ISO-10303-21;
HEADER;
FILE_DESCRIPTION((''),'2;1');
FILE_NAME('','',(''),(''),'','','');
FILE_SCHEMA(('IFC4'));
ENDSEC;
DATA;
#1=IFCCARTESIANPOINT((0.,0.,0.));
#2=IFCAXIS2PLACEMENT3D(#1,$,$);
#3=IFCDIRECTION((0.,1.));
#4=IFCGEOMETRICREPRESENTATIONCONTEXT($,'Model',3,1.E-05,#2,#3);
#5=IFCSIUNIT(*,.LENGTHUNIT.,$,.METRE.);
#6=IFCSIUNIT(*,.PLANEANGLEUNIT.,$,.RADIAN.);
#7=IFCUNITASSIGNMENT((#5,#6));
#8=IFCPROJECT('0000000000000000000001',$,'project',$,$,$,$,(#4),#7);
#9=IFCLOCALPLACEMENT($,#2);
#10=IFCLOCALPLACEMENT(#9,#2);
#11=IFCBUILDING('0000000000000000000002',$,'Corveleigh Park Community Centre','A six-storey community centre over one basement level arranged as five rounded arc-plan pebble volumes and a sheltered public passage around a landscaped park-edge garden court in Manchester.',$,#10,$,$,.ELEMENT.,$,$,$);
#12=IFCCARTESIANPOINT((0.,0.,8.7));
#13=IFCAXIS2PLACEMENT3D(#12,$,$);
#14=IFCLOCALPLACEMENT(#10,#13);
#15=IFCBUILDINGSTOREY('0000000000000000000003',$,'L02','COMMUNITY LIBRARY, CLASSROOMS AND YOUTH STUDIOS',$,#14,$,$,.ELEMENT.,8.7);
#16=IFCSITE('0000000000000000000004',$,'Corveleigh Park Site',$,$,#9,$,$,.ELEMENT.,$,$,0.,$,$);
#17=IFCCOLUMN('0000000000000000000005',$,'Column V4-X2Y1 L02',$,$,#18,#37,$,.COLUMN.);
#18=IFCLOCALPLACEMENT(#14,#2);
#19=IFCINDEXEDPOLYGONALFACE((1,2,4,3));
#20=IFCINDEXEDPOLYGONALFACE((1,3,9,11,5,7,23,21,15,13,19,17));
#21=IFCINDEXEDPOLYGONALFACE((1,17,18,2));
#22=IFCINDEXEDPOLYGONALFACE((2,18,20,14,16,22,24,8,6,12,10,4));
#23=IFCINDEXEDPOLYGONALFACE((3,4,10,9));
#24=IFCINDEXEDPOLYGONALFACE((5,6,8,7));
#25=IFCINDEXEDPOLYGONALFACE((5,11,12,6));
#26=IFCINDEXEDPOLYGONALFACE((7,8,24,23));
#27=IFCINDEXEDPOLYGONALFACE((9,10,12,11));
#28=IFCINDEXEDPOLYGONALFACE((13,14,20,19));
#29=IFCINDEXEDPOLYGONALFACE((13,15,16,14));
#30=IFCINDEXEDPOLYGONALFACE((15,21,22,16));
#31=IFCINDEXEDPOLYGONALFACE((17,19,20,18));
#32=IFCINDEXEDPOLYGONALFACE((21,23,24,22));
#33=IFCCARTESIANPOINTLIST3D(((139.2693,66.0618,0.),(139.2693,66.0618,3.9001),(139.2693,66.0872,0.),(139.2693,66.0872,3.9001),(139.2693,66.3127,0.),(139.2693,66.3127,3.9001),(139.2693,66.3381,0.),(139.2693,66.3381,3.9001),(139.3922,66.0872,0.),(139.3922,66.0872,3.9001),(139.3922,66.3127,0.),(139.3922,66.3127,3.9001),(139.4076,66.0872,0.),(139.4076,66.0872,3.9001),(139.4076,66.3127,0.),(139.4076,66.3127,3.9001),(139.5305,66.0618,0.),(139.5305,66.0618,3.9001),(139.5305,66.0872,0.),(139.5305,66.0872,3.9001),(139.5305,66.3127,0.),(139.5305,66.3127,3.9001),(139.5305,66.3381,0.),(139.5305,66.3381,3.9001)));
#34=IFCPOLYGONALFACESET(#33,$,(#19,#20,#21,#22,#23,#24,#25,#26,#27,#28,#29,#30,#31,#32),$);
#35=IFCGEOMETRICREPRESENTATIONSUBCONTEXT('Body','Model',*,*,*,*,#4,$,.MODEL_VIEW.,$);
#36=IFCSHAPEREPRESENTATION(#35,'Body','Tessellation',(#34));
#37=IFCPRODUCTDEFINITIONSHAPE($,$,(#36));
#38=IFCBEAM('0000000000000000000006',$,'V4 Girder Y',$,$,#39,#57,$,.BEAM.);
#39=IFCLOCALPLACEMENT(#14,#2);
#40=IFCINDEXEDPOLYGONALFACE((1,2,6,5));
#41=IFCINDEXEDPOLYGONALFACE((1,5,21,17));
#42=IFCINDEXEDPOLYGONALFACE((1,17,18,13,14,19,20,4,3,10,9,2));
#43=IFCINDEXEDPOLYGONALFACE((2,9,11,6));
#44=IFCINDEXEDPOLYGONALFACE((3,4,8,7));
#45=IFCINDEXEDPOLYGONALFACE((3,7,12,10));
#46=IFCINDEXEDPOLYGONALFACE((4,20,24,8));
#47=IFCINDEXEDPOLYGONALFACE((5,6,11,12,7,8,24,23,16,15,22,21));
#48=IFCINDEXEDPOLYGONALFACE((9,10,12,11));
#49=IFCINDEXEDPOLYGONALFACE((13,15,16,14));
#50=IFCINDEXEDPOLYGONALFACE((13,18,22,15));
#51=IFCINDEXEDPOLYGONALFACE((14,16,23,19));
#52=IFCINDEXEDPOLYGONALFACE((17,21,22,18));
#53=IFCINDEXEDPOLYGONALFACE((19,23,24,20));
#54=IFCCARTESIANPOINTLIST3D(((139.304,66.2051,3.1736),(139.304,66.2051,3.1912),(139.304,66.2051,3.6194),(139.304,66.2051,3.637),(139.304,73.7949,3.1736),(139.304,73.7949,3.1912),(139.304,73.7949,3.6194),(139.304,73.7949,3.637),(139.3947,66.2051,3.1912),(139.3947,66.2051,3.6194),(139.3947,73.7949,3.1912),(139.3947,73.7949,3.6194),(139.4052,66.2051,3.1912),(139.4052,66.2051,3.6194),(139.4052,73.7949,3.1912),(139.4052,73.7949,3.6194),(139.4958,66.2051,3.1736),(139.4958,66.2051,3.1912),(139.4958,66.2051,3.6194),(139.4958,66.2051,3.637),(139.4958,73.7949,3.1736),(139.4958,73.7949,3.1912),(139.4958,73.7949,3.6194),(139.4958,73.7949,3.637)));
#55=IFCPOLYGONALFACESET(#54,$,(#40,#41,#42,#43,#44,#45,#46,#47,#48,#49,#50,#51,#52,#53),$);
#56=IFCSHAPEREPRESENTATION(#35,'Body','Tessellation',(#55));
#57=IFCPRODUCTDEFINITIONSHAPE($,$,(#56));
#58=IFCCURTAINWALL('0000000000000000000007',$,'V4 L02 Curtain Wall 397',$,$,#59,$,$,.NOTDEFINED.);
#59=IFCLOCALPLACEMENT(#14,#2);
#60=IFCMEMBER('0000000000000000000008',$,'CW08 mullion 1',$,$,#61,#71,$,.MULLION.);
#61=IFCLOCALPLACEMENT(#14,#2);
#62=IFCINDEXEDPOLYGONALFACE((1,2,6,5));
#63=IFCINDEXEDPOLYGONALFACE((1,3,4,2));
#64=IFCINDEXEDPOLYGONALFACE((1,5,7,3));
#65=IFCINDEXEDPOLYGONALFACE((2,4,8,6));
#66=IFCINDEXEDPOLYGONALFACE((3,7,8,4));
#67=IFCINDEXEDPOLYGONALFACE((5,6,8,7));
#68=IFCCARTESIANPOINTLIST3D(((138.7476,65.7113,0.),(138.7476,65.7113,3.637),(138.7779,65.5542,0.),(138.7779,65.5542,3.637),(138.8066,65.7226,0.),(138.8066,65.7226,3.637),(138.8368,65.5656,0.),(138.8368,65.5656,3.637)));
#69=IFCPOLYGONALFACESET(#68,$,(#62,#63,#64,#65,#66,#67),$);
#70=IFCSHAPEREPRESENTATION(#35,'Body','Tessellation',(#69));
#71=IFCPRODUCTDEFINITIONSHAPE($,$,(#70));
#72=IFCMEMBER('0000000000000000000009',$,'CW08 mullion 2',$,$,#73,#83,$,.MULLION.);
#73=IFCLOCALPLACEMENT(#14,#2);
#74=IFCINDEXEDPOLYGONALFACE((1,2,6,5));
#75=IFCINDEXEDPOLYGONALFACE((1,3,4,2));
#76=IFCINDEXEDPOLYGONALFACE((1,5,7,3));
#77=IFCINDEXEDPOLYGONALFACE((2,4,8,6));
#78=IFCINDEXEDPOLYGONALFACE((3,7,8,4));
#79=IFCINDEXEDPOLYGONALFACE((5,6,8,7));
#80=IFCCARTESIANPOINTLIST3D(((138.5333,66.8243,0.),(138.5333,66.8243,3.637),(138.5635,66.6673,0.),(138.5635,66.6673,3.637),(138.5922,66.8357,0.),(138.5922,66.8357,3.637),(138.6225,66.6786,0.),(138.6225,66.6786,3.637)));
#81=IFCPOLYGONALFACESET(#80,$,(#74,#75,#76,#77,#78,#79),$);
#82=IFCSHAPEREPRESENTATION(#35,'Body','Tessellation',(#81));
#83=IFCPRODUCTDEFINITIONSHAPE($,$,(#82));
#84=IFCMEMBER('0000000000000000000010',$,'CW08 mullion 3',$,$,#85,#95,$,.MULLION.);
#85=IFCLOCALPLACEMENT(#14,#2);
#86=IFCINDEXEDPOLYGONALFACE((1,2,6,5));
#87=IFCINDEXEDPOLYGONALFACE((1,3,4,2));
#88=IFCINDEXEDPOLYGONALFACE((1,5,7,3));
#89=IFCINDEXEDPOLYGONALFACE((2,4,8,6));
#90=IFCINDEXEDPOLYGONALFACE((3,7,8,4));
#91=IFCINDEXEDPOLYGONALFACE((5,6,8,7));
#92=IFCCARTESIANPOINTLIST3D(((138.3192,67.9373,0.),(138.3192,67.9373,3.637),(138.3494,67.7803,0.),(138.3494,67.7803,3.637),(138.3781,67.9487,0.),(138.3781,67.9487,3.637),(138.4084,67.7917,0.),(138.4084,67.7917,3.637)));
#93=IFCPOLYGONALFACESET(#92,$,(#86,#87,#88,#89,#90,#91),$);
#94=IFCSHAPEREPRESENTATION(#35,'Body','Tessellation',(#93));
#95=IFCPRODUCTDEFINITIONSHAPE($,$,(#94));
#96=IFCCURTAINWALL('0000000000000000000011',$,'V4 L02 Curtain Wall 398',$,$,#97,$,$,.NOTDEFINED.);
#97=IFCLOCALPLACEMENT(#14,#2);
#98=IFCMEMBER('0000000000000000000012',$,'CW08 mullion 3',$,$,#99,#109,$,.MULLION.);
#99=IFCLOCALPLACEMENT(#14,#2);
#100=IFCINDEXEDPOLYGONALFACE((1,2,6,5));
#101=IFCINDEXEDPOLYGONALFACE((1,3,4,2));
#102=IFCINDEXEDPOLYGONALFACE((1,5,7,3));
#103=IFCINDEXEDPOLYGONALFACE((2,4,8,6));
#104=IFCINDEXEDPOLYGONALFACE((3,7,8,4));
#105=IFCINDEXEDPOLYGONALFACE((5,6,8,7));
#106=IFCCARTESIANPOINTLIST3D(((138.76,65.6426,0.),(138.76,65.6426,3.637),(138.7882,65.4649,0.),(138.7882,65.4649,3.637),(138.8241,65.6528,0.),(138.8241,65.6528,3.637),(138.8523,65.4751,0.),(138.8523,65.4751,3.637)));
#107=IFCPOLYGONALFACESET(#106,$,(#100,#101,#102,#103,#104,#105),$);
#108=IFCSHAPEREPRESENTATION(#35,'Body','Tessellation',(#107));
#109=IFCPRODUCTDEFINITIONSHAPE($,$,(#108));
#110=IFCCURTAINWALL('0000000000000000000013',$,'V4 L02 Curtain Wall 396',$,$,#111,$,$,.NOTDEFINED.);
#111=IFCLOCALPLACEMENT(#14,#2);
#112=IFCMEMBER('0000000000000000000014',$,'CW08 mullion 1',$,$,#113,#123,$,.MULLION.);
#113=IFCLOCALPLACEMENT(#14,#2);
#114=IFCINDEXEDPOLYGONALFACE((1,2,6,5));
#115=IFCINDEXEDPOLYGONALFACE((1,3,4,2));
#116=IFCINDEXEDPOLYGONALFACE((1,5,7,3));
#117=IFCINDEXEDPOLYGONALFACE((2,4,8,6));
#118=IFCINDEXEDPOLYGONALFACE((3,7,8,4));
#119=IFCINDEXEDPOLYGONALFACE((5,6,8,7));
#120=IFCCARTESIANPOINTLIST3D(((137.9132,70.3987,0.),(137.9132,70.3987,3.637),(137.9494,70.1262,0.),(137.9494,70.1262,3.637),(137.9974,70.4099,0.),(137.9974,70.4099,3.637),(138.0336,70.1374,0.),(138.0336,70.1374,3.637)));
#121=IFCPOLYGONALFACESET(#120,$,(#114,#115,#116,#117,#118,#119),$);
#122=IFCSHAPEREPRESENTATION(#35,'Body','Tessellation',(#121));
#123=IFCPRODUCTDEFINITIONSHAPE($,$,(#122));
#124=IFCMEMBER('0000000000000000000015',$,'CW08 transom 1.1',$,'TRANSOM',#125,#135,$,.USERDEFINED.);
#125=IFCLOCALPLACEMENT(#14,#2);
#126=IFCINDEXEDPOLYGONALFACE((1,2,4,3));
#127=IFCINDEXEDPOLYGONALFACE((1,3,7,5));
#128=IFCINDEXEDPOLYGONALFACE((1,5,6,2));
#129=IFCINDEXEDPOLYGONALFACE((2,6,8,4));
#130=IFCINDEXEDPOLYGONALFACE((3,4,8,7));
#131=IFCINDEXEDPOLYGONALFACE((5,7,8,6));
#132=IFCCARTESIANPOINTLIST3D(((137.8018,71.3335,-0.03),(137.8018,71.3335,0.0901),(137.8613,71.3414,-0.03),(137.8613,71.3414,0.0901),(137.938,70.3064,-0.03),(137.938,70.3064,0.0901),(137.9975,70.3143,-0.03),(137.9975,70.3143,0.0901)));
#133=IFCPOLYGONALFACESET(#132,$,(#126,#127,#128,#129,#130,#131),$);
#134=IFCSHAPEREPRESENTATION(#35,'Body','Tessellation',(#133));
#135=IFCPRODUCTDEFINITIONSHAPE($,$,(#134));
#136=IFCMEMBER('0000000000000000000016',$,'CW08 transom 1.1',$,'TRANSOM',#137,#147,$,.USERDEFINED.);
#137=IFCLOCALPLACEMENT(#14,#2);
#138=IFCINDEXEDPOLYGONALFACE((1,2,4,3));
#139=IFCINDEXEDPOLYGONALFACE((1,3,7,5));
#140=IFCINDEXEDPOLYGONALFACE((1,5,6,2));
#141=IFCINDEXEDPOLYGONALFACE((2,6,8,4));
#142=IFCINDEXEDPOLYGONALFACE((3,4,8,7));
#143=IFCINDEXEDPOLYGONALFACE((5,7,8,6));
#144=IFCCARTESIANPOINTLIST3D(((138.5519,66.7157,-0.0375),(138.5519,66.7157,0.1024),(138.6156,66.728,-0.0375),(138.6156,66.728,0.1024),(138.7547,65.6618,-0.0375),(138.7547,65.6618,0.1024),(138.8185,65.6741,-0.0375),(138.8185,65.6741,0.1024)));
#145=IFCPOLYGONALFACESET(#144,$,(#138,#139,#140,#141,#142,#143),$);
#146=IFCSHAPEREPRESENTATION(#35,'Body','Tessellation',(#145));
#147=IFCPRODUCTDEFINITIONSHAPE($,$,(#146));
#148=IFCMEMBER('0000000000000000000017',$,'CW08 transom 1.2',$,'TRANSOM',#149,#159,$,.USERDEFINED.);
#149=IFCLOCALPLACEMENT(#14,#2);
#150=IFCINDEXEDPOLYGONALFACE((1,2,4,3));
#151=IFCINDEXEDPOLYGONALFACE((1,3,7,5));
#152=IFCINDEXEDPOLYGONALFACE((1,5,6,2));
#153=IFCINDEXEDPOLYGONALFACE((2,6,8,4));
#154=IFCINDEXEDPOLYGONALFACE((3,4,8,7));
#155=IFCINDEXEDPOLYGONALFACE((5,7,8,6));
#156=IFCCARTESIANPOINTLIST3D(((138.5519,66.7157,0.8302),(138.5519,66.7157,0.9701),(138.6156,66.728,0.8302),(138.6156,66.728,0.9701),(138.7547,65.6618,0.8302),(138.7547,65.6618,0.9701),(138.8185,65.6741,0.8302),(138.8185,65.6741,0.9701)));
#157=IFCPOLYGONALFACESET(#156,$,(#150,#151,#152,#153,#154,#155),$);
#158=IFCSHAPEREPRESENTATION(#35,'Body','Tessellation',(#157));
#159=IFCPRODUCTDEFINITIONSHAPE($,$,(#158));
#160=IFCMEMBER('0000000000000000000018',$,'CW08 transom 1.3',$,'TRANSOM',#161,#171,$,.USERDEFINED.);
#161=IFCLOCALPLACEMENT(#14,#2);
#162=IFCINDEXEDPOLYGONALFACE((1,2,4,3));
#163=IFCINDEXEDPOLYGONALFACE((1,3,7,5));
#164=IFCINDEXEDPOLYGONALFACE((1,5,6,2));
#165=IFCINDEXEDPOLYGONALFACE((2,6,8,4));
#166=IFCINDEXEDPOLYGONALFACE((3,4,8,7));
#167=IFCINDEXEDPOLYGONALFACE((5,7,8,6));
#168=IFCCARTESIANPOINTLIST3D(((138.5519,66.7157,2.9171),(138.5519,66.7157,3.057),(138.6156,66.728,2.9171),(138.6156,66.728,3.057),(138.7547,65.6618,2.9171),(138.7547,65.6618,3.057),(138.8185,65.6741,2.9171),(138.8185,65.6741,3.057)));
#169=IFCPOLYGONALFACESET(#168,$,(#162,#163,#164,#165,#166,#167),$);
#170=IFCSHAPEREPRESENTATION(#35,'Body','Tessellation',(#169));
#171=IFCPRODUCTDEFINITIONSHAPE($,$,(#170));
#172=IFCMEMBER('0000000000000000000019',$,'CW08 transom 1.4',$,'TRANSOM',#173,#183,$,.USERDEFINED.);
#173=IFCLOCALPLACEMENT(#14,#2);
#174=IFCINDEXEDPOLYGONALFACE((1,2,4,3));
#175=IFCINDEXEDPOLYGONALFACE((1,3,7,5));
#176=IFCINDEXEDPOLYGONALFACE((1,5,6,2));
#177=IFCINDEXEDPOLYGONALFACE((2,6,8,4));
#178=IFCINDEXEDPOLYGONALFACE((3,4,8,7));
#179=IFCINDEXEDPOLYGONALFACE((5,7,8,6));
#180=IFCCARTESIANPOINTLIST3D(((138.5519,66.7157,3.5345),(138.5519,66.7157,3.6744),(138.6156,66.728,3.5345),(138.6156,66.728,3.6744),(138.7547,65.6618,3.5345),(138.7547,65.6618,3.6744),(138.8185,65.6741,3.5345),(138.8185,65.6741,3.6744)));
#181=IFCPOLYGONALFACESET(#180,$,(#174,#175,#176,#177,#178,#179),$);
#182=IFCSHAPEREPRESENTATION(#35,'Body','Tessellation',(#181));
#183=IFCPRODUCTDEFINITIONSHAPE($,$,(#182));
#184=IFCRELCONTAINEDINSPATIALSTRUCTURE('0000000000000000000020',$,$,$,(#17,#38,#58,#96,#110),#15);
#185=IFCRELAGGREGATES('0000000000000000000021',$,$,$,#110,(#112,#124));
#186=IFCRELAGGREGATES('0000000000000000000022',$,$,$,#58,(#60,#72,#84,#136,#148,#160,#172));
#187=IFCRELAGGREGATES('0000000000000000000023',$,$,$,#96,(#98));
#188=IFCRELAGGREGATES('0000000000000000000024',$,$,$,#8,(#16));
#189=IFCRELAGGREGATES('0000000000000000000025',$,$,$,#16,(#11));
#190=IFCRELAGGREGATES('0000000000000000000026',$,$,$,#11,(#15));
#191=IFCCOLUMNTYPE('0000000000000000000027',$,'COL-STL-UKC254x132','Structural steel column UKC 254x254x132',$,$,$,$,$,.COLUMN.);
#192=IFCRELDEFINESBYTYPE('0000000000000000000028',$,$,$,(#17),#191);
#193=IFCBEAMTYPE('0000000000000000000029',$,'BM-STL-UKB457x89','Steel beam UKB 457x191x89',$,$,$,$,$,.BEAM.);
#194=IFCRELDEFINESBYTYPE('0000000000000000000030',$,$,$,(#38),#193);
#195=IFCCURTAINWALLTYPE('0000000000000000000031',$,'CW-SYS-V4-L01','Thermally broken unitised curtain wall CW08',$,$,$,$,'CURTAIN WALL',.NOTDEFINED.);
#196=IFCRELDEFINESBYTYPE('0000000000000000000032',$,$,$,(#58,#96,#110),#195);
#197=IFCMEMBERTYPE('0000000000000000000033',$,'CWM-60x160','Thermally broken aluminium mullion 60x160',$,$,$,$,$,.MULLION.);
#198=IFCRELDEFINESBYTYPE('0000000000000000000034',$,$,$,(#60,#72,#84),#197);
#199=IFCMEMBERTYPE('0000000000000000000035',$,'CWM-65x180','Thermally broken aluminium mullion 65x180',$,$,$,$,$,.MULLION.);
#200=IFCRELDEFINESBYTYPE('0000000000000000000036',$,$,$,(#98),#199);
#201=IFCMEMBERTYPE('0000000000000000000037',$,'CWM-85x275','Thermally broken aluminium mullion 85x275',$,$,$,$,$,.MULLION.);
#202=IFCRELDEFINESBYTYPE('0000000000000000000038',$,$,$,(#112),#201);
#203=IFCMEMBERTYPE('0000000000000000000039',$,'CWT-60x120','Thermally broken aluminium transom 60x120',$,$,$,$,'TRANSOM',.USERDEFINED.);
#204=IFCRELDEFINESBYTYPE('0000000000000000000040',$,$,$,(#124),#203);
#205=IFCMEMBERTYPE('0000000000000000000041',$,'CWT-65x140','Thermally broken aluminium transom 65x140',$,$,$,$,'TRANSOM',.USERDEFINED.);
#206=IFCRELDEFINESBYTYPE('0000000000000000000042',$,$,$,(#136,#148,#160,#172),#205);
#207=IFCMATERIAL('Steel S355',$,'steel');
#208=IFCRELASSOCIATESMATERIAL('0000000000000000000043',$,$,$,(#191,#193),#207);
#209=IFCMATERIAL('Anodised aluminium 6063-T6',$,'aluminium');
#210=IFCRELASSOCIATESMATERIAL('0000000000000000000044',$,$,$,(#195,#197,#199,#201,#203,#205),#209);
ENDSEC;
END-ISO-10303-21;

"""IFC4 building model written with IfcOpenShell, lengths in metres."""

from ifc_helpers import new_model, si_unit, direction, frame, origin, origin_2d, place, context, subcontext, project, spatial, rectangle, i_section, extrude, material, material_profile, profile_set, type_object, element, aggregate, save


model = new_model("IFC4")

# Units and contexts
model_context = context("Model", 3, precision=1e-05, world=origin(), true_north=direction((0.0, 1.0)))
body_context = subcontext(model_context, "Body", "Model", "MODEL_VIEW")
ifc_project = project(units=[si_unit("LENGTHUNIT", "METRE"), si_unit("PLANEANGLEUNIT", "RADIAN")], contexts=[model_context])

# Site, building, storey
site_placement = place(None, origin())
site = spatial("IfcSite", under=ifc_project, at=site_placement, Name="Corveleigh Park Site", CompositionType="ELEMENT", RefElevation=0.0)
building_placement = place(site_placement, origin())
building = spatial("IfcBuilding", under=site, at=building_placement, Name="Corveleigh Park Community Centre", Description="A six-storey community centre over one basement level arranged as five rounded arc-plan pebble volumes and a sheltered public passage around a landscaped park-edge garden court in Manchester.", CompositionType="ELEMENT")
storey_placement = place(building_placement, frame((0.0, 0.0, 8.7)))
storey = spatial("IfcBuildingStorey", under=building, at=storey_placement, Name="L02", Description="COMMUNITY LIBRARY, CLASSROOMS AND YOUTH STUDIOS", CompositionType="ELEMENT", Elevation=8.7)

# Column
ifc_material_1 = material(Name="Steel S355", Category="steel")
ifc_material_profile_1 = material_profile(ifc_material_1, i_section(OverallWidth=0.2612, OverallDepth=0.2764, WebThickness=0.0154, FlangeThickness=0.0254, at=origin_2d()), Name="UKC 254x254x132", Category="steel")
ifc_profile_set_1 = profile_set([ifc_material_profile_1], Name="Steel S355")
column_type = type_object("IfcColumnType", Name="COL-STL-UKC254x132", Description="Structural steel column UKC 254x254x132", PredefinedType="COLUMN", material=ifc_profile_set_1)
column_placement = place(storey_placement, frame((139.3999, 66.2, 0.0), z_axis=(0.0, 0.0, 1.0), x_axis=(1.0, 0.0, 0.0)))
element("IfcColumn", 1, at=column_placement, inside=storey, type_object=column_type, Name="Column V4-X2Y1 L02", PredefinedType="COLUMN", context=body_context, shape_type="SweptSolid", body=[
    extrude(i_section(OverallWidth=0.2612, OverallDepth=0.2764, WebThickness=0.0154, FlangeThickness=0.0254, at=origin_2d()), origin(), (0.0, 0.0, 1.0), 3.9001),
])

# Beam
ifc_material_profile_2 = material_profile(ifc_material_1, i_section(OverallWidth=0.1919, OverallDepth=0.4634, WebThickness=0.0105, FlangeThickness=0.0176, at=origin_2d()), Name="UKB 457x191x89", Category="steel")
ifc_profile_set_2 = profile_set([ifc_material_profile_2], Name="Steel S355")
beam_type = type_object("IfcBeamType", Name="BM-STL-UKB457x89", Description="Steel beam UKB 457x191x89", PredefinedType="BEAM", material=ifc_profile_set_2)
beam_placement = place(storey_placement, frame((139.3999, 66.2051, 3.4053), z_axis=(0.0, 1.0, 0.0), x_axis=(-1.0, 0.0, 0.0)))
element("IfcBeam", 2, at=beam_placement, inside=storey, type_object=beam_type, Name="V4 Girder Y", PredefinedType="BEAM", context=body_context, shape_type="SweptSolid", body=[
    extrude(i_section(OverallWidth=0.1919, OverallDepth=0.4634, WebThickness=0.0105, FlangeThickness=0.0176, at=origin_2d()), origin(), (0.0, 0.0, 1.0), 7.5898),
])

# Curtain wall, members
ifc_material_2 = material(Name="Anodised aluminium 6063-T6", Category="aluminium")
curtain_wall_type = type_object("IfcCurtainWallType", Name="CW-SYS-V4-L01", Description="Thermally broken unitised curtain wall CW08", ElementType="CURTAIN WALL", PredefinedType="NOTDEFINED", material=ifc_material_2)
curtain_wall_1_placement = place(storey_placement, origin())
curtain_wall_1 = element("IfcCurtainWall", 3, at=curtain_wall_1_placement, inside=storey, type_object=curtain_wall_type, Name="V4 L02 Curtain Wall 397", PredefinedType="NOTDEFINED")
ifc_material_profile_3 = material_profile(ifc_material_2, rectangle(XDim=0.0601, YDim=0.1599, at=origin_2d()), Name="ALU-M60x160", Category="aluminium")
ifc_profile_set_3 = profile_set([ifc_material_profile_3], Name="Anodised aluminium 6063-T6")
member_type_1 = type_object("IfcMemberType", Name="CWM-60x160", Description="Thermally broken aluminium mullion 60x160", PredefinedType="MULLION", material=ifc_profile_set_3)
member_1_placement = place(storey_placement, frame((138.7922, 65.6384, 0.0), z_axis=(0.0, 0.0, 1.0), x_axis=(-0.98196, -0.189086, 0.0)))
member_1 = element("IfcMember", 4, at=member_1_placement, type_object=member_type_1, Name="CW08 mullion 1", PredefinedType="MULLION", context=body_context, shape_type="SweptSolid", body=[
    extrude(rectangle(XDim=0.0601, YDim=0.1599, at=origin_2d()), origin(), (0.0, 0.0, 1.0), 3.637),
])
member_2_placement = place(storey_placement, frame((138.5779, 66.7515, 0.0), z_axis=(0.0, 0.0, 1.0), x_axis=(-0.98196, -0.189086, 0.0)))
member_2 = element("IfcMember", 5, at=member_2_placement, type_object=member_type_1, Name="CW08 mullion 2", PredefinedType="MULLION", context=body_context, shape_type="SweptSolid", body=[
    extrude(rectangle(XDim=0.0601, YDim=0.1599, at=origin_2d()), origin(), (0.0, 0.0, 1.0), 3.637),
])
member_3_placement = place(storey_placement, frame((138.3638, 67.8645, 0.0), z_axis=(0.0, 0.0, 1.0), x_axis=(-0.98196, -0.189086, 0.0)))
member_3 = element("IfcMember", 6, at=member_3_placement, type_object=member_type_1, Name="CW08 mullion 3", PredefinedType="MULLION", context=body_context, shape_type="SweptSolid", body=[
    extrude(rectangle(XDim=0.0601, YDim=0.1599, at=origin_2d()), origin(), (0.0, 0.0, 1.0), 3.637),
])

# Curtain wall, member
curtain_wall_2_placement = place(storey_placement, origin())
curtain_wall_2 = element("IfcCurtainWall", 7, at=curtain_wall_2_placement, inside=storey, type_object=curtain_wall_type, Name="V4 L02 Curtain Wall 398", PredefinedType="NOTDEFINED")
ifc_material_profile_4 = material_profile(ifc_material_2, rectangle(XDim=0.0649, YDim=0.1799, at=origin_2d()), Name="ALU-M65x180", Category="aluminium")
ifc_profile_set_4 = profile_set([ifc_material_profile_4], Name="Anodised aluminium 6063-T6")
member_type_2 = type_object("IfcMemberType", Name="CWM-65x180", Description="Thermally broken aluminium mullion 65x180", PredefinedType="MULLION", material=ifc_profile_set_4)
member_4_placement = place(storey_placement, frame((138.8062, 65.5588, 0.0), z_axis=(0.0, 0.0, 1.0), x_axis=(-0.987662, -0.156601, 0.0)))
member_4 = element("IfcMember", 8, at=member_4_placement, type_object=member_type_2, Name="CW08 mullion 3", PredefinedType="MULLION", context=body_context, shape_type="SweptSolid", body=[
    extrude(rectangle(XDim=0.0649, YDim=0.1799, at=origin_2d()), origin(), (0.0, 0.0, 1.0), 3.637),
])

# Curtain wall, members
curtain_wall_3_placement = place(storey_placement, origin())
curtain_wall_3 = element("IfcCurtainWall", 9, at=curtain_wall_3_placement, inside=storey, type_object=curtain_wall_type, Name="V4 L02 Curtain Wall 396", PredefinedType="NOTDEFINED")
ifc_material_profile_5 = material_profile(ifc_material_2, rectangle(XDim=0.085, YDim=0.2749, at=origin_2d()), Name="ALU-M85x275", Category="aluminium")
ifc_profile_set_5 = profile_set([ifc_material_profile_5], Name="Anodised aluminium 6063-T6")
member_type_3 = type_object("IfcMemberType", Name="CWM-85x275", Description="Thermally broken aluminium mullion 85x275", PredefinedType="MULLION", material=ifc_profile_set_5)
member_5_placement = place(storey_placement, frame((137.9734, 70.2681, 0.0), z_axis=(0.0, 0.0, 1.0), x_axis=(-0.991318, -0.131488, 0.0)))
member_5 = element("IfcMember", 10, at=member_5_placement, type_object=member_type_3, Name="CW08 mullion 1", PredefinedType="MULLION", context=body_context, shape_type="SweptSolid", body=[
    extrude(rectangle(XDim=0.085, YDim=0.2749, at=origin_2d()), origin(), (0.0, 0.0, 1.0), 3.637),
])
ifc_material_profile_6 = material_profile(ifc_material_2, rectangle(XDim=0.0601, YDim=0.1201, at=origin_2d()), Name="ALU-T60x120", Category="aluminium")
ifc_profile_set_6 = profile_set([ifc_material_profile_6], Name="Anodised aluminium 6063-T6")
member_type_4 = type_object("IfcMemberType", Name="CWT-60x120", Description="Thermally broken aluminium transom 60x120", ElementType="TRANSOM", PredefinedType="USERDEFINED", material=ifc_profile_set_6)
member_6_placement = place(storey_placement, frame((137.9678, 70.3103, 0.03), z_axis=(-0.131485, 0.991318, 0.0), x_axis=(-0.991318, -0.131485, 0.0)))
member_6 = element("IfcMember", 11, at=member_6_placement, type_object=member_type_4, Name="CW08 transom 1.1", ObjectType="TRANSOM", PredefinedType="USERDEFINED", context=body_context, shape_type="SweptSolid", body=[
    extrude(rectangle(XDim=0.0601, YDim=0.1201, at=origin_2d()), origin(), (0.0, 0.0, 1.0), 1.0361),
])
aggregate(curtain_wall_3, [member_5, member_6])

# Members
ifc_material_profile_7 = material_profile(ifc_material_2, rectangle(XDim=0.0649, YDim=0.1399, at=origin_2d()), Name="ALU-T65x140", Category="aluminium")
ifc_profile_set_7 = profile_set([ifc_material_profile_7], Name="Anodised aluminium 6063-T6")
member_type_5 = type_object("IfcMemberType", Name="CWT-65x140", Description="Thermally broken aluminium transom 65x140", ElementType="TRANSOM", PredefinedType="USERDEFINED", material=ifc_profile_set_7)
member_7_placement = place(storey_placement, frame((138.7866, 65.668, 0.0325), z_axis=(-0.189025, 0.981972, 0.0), x_axis=(-0.981972, -0.189025, 0.0)))
member_7 = element("IfcMember", 12, at=member_7_placement, type_object=member_type_5, Name="CW08 transom 1.1", ObjectType="TRANSOM", PredefinedType="USERDEFINED", context=body_context, shape_type="SweptSolid", body=[
    extrude(rectangle(XDim=0.0649, YDim=0.1399, at=origin_2d()), origin(), (0.0, 0.0, 1.0), 1.0732),
])
member_8_placement = place(storey_placement, frame((138.7866, 65.668, 0.9001), z_axis=(-0.189025, 0.981972, 0.0), x_axis=(-0.981972, -0.189025, 0.0)))
member_8 = element("IfcMember", 13, at=member_8_placement, type_object=member_type_5, Name="CW08 transom 1.2", ObjectType="TRANSOM", PredefinedType="USERDEFINED", context=body_context, shape_type="SweptSolid", body=[
    extrude(rectangle(XDim=0.0649, YDim=0.1399, at=origin_2d()), origin(), (0.0, 0.0, 1.0), 1.0732),
])
member_9_placement = place(storey_placement, frame((138.7866, 65.668, 2.9871), z_axis=(-0.189025, 0.981972, 0.0), x_axis=(-0.981972, -0.189025, 0.0)))
member_9 = element("IfcMember", 14, at=member_9_placement, type_object=member_type_5, Name="CW08 transom 1.3", ObjectType="TRANSOM", PredefinedType="USERDEFINED", context=body_context, shape_type="SweptSolid", body=[
    extrude(rectangle(XDim=0.0649, YDim=0.1399, at=origin_2d()), origin(), (0.0, 0.0, 1.0), 1.0732),
])
member_10_placement = place(storey_placement, frame((138.7866, 65.668, 3.6045), z_axis=(-0.189025, 0.981972, 0.0), x_axis=(-0.981972, -0.189025, 0.0)))
member_10 = element("IfcMember", 15, at=member_10_placement, type_object=member_type_5, Name="CW08 transom 1.4", ObjectType="TRANSOM", PredefinedType="USERDEFINED", context=body_context, shape_type="SweptSolid", body=[
    extrude(rectangle(XDim=0.0649, YDim=0.1399, at=origin_2d()), origin(), (0.0, 0.0, 1.0), 1.0732),
])

aggregate(curtain_wall_1, [member_1, member_2, member_3, member_7, member_8, member_9, member_10])
aggregate(curtain_wall_2, [member_4])

save(model, "model.ifc")
